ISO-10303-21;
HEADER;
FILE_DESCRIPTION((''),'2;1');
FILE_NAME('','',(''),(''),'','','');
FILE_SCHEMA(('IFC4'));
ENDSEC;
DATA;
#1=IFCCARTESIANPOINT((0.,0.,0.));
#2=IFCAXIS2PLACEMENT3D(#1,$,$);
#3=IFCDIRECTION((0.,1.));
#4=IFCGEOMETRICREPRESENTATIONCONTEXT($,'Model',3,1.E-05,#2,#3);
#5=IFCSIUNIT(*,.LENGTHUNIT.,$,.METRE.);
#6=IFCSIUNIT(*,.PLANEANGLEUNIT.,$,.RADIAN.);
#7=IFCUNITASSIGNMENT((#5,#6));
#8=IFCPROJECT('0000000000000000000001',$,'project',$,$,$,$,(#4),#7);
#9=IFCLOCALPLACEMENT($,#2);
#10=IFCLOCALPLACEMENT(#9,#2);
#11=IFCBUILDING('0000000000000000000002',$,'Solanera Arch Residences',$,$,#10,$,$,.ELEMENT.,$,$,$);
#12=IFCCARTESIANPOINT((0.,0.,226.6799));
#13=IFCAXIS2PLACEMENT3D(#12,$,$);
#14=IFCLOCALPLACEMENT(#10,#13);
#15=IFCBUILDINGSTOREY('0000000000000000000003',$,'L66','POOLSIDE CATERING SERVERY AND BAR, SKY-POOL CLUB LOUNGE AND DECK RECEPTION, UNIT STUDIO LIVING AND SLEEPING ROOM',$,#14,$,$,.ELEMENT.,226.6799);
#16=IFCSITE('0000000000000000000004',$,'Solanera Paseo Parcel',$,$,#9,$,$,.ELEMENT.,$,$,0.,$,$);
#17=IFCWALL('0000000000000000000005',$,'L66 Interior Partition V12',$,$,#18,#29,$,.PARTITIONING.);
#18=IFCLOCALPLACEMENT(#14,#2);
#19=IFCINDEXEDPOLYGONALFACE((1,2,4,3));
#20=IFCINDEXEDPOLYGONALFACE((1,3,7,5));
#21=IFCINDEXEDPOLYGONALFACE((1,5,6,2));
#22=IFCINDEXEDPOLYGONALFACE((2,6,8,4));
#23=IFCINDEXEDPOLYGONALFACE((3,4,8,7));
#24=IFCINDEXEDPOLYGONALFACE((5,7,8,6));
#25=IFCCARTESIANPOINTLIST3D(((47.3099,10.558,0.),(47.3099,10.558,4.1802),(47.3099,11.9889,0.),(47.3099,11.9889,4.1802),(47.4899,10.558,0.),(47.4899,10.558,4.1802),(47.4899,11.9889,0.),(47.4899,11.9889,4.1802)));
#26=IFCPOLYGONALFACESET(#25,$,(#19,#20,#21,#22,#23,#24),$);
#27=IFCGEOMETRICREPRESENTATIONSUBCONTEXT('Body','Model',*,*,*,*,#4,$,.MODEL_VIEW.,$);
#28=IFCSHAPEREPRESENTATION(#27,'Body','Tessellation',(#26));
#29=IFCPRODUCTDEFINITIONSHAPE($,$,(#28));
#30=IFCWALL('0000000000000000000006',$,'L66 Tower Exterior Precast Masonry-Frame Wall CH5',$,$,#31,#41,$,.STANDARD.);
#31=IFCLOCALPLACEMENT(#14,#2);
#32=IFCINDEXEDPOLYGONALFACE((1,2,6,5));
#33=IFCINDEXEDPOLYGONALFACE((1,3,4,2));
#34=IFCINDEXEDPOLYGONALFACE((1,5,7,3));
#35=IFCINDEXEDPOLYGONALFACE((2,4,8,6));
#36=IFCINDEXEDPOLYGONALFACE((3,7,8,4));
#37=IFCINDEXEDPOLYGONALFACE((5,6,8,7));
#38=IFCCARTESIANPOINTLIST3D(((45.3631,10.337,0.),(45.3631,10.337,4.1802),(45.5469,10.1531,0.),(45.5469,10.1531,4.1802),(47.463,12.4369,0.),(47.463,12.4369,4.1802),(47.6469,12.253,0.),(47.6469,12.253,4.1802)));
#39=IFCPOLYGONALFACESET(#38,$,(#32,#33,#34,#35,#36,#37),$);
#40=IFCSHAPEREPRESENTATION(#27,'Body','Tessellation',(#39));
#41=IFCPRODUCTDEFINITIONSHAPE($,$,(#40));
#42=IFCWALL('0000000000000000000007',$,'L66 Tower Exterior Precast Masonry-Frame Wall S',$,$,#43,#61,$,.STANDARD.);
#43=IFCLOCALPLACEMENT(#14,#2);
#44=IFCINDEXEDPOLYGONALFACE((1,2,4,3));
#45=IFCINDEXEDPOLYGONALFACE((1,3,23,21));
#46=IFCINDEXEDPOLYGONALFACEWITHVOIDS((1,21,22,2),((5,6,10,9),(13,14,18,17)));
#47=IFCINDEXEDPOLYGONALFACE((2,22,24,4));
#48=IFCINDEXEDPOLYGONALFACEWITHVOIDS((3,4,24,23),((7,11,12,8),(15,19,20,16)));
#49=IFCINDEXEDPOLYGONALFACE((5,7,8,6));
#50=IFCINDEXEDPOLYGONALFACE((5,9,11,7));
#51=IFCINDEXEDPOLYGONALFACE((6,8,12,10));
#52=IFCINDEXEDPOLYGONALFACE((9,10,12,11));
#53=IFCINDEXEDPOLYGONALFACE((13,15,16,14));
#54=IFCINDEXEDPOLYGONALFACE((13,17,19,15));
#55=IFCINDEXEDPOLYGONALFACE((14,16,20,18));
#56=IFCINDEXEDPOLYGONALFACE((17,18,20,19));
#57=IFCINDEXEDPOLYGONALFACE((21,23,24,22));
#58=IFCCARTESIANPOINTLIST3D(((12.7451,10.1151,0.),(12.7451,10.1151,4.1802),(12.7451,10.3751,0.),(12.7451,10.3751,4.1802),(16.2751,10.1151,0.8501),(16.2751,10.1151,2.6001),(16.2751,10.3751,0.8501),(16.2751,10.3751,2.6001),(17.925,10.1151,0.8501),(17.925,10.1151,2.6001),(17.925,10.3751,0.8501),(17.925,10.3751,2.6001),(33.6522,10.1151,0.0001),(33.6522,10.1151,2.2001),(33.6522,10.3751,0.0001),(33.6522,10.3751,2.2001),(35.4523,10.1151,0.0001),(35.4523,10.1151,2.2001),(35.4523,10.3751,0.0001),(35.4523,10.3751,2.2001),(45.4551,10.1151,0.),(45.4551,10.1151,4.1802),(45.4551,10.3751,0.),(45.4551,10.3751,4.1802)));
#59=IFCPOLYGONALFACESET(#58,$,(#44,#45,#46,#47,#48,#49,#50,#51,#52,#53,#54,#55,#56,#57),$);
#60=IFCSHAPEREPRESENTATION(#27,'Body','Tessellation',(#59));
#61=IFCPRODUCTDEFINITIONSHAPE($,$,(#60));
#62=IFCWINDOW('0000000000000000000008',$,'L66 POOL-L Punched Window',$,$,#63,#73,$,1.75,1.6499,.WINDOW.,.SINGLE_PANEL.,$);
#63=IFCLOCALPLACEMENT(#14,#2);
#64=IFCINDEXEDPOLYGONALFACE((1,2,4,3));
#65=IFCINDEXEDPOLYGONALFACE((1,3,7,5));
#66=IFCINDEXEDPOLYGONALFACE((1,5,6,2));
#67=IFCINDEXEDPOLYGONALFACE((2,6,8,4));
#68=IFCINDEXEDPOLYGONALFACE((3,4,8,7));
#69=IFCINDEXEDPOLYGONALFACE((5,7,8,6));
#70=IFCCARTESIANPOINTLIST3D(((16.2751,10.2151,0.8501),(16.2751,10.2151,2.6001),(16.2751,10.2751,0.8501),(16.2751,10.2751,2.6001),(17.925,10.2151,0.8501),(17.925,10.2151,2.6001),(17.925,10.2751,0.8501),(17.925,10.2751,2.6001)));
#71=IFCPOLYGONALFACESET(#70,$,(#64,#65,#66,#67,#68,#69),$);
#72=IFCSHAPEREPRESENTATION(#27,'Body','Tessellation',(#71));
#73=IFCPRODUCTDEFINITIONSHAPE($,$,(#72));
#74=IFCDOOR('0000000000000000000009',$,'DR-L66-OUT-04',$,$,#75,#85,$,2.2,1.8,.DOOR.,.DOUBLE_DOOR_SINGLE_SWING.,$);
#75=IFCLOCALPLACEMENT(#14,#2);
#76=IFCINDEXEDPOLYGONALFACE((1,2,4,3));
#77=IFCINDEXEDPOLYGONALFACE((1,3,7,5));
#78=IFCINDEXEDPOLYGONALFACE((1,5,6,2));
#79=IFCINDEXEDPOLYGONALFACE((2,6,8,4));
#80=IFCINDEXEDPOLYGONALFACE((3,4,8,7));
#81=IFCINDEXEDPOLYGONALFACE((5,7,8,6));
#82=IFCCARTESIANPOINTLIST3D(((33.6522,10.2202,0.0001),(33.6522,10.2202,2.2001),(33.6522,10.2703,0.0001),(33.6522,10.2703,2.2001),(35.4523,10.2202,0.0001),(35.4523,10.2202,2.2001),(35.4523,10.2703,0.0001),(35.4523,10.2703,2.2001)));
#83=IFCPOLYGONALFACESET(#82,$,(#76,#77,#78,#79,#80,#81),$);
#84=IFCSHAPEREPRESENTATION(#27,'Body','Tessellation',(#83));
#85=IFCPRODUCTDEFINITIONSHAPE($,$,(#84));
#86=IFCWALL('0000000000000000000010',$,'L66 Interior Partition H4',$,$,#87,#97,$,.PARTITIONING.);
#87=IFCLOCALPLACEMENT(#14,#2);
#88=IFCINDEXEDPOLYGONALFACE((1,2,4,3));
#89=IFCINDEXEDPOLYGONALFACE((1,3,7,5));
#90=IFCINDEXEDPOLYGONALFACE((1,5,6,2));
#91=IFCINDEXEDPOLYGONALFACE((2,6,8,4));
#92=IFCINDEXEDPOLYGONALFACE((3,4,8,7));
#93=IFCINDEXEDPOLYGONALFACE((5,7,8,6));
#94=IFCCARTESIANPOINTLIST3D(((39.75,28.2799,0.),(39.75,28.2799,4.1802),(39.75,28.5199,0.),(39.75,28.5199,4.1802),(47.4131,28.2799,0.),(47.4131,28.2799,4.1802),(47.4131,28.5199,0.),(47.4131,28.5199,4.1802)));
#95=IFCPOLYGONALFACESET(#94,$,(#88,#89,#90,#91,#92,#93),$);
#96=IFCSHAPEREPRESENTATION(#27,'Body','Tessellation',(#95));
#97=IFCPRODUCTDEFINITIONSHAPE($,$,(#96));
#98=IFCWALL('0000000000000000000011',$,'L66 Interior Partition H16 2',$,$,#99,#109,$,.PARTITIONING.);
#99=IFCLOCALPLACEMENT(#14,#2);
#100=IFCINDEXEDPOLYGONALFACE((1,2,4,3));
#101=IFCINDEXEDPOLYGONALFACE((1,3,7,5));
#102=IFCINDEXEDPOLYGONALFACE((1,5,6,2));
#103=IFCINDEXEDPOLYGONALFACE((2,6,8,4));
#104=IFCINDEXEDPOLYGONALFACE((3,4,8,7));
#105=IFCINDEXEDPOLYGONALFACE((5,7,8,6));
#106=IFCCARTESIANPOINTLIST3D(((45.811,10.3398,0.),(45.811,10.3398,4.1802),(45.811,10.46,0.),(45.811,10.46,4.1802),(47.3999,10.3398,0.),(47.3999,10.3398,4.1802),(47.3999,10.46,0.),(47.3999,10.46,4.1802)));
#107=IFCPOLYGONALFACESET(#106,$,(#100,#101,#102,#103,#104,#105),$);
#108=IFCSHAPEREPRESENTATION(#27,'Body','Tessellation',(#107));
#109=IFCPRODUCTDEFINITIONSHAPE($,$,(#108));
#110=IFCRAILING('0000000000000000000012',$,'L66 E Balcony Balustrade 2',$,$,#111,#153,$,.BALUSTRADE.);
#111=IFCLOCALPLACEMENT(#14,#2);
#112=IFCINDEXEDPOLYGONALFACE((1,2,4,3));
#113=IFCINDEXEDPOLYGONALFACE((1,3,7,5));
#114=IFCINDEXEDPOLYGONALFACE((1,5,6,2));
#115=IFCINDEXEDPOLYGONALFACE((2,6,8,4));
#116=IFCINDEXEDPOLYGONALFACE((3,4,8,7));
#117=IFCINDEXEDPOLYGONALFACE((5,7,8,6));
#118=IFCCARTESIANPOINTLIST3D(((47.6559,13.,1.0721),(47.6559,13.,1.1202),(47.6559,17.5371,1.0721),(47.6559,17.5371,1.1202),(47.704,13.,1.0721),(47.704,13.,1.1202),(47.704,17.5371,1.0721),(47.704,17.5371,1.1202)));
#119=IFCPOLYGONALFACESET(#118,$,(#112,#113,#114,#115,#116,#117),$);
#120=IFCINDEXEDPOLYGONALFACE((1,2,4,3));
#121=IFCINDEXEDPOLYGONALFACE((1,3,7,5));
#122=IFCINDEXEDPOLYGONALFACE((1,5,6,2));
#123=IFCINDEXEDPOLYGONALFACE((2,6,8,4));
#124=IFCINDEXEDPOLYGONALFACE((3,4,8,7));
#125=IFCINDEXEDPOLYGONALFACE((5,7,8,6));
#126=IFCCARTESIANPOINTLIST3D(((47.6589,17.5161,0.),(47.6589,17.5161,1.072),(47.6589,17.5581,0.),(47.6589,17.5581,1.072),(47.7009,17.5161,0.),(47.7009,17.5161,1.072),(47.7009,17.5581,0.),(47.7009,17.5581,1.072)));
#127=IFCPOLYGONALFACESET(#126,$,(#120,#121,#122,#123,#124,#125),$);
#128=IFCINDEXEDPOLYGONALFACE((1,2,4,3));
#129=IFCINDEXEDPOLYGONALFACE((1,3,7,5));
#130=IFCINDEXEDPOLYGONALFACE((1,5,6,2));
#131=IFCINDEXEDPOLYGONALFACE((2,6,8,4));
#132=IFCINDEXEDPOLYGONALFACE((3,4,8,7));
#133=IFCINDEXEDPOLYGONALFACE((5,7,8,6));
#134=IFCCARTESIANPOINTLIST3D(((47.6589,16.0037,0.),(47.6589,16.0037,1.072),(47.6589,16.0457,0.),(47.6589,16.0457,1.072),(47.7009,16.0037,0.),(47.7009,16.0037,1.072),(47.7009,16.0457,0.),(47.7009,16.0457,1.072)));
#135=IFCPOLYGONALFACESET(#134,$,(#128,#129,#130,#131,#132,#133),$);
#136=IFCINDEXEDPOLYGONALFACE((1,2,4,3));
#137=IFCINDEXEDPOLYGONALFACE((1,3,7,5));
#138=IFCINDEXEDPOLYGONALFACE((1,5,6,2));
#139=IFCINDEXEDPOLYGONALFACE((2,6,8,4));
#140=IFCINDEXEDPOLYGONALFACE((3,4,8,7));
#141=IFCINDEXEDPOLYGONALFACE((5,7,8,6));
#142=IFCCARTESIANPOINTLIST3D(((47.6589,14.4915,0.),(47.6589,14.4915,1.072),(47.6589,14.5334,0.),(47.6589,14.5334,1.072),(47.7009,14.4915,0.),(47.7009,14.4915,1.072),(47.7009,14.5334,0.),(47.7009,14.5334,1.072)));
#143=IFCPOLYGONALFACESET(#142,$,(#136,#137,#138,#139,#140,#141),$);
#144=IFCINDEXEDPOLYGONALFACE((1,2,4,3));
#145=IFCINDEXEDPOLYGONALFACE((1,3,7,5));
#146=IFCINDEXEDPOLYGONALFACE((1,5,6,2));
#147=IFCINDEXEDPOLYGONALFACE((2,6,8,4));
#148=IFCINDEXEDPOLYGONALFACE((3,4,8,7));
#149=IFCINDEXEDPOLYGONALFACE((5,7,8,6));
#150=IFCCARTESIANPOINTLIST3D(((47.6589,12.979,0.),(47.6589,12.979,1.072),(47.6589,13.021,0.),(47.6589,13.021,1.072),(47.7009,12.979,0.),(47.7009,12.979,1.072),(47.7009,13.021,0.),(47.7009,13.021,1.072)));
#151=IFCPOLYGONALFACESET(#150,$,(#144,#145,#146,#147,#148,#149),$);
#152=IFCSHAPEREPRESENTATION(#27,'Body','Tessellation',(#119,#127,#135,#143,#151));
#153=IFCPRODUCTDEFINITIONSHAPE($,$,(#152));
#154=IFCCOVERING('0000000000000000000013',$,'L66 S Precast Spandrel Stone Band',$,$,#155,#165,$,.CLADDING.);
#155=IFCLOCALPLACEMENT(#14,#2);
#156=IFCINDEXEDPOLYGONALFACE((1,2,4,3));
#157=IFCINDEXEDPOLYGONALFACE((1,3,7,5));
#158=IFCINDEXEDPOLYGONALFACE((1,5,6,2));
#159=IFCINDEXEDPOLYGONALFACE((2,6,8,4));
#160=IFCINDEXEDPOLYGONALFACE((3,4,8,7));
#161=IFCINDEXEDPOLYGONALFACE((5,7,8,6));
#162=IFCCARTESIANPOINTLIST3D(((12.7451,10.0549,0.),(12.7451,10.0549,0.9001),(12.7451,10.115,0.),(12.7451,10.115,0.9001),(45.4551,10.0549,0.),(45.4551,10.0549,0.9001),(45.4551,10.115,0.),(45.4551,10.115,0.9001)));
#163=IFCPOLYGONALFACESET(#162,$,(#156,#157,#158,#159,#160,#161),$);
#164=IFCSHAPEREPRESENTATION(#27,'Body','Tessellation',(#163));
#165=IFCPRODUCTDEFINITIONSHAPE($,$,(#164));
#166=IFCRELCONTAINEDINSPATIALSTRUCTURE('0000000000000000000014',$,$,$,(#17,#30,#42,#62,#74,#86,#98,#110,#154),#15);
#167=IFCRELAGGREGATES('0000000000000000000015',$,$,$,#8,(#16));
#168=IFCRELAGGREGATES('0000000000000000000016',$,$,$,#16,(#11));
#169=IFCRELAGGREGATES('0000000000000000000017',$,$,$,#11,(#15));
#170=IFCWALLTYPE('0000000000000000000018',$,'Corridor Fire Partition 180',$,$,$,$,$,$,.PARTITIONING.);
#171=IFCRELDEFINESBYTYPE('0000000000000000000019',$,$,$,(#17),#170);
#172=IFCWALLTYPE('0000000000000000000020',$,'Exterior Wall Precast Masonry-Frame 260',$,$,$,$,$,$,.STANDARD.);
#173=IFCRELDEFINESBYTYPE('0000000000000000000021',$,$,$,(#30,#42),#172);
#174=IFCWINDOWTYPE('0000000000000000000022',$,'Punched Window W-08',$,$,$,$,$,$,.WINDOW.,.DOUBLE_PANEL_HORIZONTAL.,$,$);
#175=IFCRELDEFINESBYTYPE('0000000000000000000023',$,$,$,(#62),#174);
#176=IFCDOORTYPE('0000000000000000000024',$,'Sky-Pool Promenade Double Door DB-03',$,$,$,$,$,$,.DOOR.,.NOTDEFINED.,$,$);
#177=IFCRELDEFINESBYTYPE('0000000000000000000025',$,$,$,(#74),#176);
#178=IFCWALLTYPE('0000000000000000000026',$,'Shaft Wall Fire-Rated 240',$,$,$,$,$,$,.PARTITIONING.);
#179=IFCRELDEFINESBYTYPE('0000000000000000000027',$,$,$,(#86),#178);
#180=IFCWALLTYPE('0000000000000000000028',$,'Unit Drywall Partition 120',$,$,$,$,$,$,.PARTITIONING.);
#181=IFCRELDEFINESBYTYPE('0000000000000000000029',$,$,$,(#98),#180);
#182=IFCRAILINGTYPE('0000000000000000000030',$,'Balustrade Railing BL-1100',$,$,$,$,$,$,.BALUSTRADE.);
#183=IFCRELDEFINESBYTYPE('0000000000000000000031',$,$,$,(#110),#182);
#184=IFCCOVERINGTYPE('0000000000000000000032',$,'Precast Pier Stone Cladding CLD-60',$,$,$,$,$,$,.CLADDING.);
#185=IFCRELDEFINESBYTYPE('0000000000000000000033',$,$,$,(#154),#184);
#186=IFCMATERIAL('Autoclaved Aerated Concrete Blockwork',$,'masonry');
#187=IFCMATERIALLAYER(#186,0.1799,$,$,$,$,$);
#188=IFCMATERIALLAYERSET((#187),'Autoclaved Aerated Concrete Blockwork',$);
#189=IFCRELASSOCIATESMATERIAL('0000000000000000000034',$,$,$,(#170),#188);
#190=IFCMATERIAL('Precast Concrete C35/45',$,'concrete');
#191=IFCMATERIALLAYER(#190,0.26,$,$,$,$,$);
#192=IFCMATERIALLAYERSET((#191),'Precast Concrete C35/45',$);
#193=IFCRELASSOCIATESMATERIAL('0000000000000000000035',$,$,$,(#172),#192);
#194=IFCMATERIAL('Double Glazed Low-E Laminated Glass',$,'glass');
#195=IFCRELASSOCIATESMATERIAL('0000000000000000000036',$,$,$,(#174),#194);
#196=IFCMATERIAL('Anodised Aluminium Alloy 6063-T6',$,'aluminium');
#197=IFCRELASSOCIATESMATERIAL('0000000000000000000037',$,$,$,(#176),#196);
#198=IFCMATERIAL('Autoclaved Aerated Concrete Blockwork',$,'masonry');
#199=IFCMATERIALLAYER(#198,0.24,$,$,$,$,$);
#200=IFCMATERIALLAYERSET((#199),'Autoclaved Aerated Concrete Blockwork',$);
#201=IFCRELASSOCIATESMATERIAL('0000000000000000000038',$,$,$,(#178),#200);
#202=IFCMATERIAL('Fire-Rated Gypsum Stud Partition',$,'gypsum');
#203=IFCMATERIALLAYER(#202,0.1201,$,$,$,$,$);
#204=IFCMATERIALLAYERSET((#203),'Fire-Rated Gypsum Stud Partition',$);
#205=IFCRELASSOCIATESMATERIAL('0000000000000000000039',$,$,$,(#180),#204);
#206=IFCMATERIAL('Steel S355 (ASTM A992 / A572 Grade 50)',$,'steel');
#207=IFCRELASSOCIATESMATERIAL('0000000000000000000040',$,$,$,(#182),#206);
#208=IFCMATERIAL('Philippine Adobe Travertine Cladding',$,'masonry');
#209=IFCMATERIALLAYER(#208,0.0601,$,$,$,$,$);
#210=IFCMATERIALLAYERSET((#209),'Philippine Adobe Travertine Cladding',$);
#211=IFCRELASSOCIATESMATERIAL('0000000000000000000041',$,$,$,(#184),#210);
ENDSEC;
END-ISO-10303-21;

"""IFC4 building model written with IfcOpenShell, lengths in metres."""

from ifc_helpers import new_model, si_unit, direction, frame, frame_2d, origin, origin_2d, place, context, subcontext, project, spatial, rectangle, extrude, material, layer, layer_set, type_object, element, fill, save


model = new_model("IFC4")

# Units and contexts
model_context = context("Model", 3, precision=1e-05, world=origin(), true_north=direction((0.0, 1.0)))
body_context = subcontext(model_context, "Body", "Model", "MODEL_VIEW")
ifc_project = project(units=[si_unit("LENGTHUNIT", "METRE"), si_unit("PLANEANGLEUNIT", "RADIAN")], contexts=[model_context])

# Site, building, storey
site_placement = place(None, origin())
site = spatial("IfcSite", under=ifc_project, at=site_placement, Name="Solanera Paseo Parcel", CompositionType="ELEMENT", RefElevation=0.0)
building_placement = place(site_placement, origin())
building = spatial("IfcBuilding", under=site, at=building_placement, Name="Solanera Arch Residences", CompositionType="ELEMENT")
storey_placement = place(building_placement, frame((0.0, 0.0, 226.6799)))
storey = spatial("IfcBuildingStorey", under=building, at=storey_placement, Name="L66", Description="POOLSIDE CATERING SERVERY AND BAR, SKY-POOL CLUB LOUNGE AND DECK RECEPTION, UNIT STUDIO LIVING AND SLEEPING ROOM", CompositionType="ELEMENT", Elevation=226.6799)

# Shared definitions
ifc_material_1 = material(Name="Autoclaved Aerated Concrete Blockwork", Category="masonry")
ifc_layer_1 = layer(ifc_material_1, 0.1799)
ifc_layer_set_1 = layer_set([ifc_layer_1], Name="Autoclaved Aerated Concrete Blockwork")
wall_type_1 = type_object("IfcWallType", Name="Corridor Fire Partition 180", PredefinedType="PARTITIONING", material=ifc_layer_set_1)

# Walls
wall_1_placement = place(storey_placement, frame((47.3999, 10.5581, 0.0), z_axis=(0.0, 0.0, 1.0), x_axis=(0.0, 1.0, 0.0)))
element("IfcWall", 1, at=wall_1_placement, inside=storey, type_object=wall_type_1, Name="L66 Interior Partition V12", PredefinedType="PARTITIONING", context=body_context, shape_type="SweptSolid", body=[
    extrude(rectangle(XDim=1.4309, YDim=0.1799, at=frame_2d((0.7153, 0.0))), origin(), (0.0, 0.0, 1.0), 4.1802),
])
ifc_material_2 = material(Name="Precast Concrete C35/45", Category="concrete")
ifc_layer_2 = layer(ifc_material_2, 0.26)
ifc_layer_set_2 = layer_set([ifc_layer_2], Name="Precast Concrete C35/45")
wall_type_2 = type_object("IfcWallType", Name="Exterior Wall Precast Masonry-Frame 260", PredefinedType="STANDARD", material=ifc_layer_set_2)
wall_2_placement = place(storey_placement, frame((47.5549, 12.345, 0.0), z_axis=(0.0, 0.0, 1.0), x_axis=(-0.707107, -0.707107, 0.0)))
element("IfcWall", 2, at=wall_2_placement, inside=storey, type_object=wall_type_2, Name="L66 Tower Exterior Precast Masonry-Frame Wall CH5", PredefinedType="STANDARD", context=body_context, shape_type="SweptSolid", body=[
    extrude(rectangle(XDim=2.9697, YDim=0.26, at=frame_2d((1.4849, 0.0))), origin(), (0.0, 0.0, 1.0), 4.1802),
])

# Wall, openings, window, door
wall_3_placement = place(storey_placement, frame((45.4551, 10.2451, 0.0), z_axis=(0.0, 0.0, 1.0), x_axis=(-1.0, 0.0, 0.0)))
wall_3 = element("IfcWall", 3, at=wall_3_placement, inside=storey, type_object=wall_type_2, Name="L66 Tower Exterior Precast Masonry-Frame Wall S", PredefinedType="STANDARD", context=body_context, shape_type="SweptSolid", body=[
    extrude(rectangle(XDim=32.71, YDim=0.26, at=frame_2d((16.355, 0.0))), origin(), (0.0, 0.0, 1.0), 4.1802),
])
opening_1_placement = place(wall_3_placement, frame((10.0029, 0.0, 0.0)))
opening_1 = element("IfcOpeningElement", 4, at=opening_1_placement, cuts=wall_3, PredefinedType="OPENING", context=body_context, shape_type="SweptSolid", body=[
    extrude(rectangle(XDim=1.8, YDim=2.2, at=frame_2d((0.8999, 1.1001))), frame((0.0, 0.1399, 0.0), z_axis=(0.0, -1.0, 0.0), x_axis=(1.0, 0.0, 0.0)), (0.0, 0.0, 1.0), 0.28),
])
opening_2_placement = place(wall_3_placement, frame((27.53, 0.0, 0.8501)))
opening_2 = element("IfcOpeningElement", 5, at=opening_2_placement, cuts=wall_3, PredefinedType="OPENING", context=body_context, shape_type="SweptSolid", body=[
    extrude(rectangle(XDim=1.6499, YDim=1.75, at=frame_2d((0.825, 0.875))), frame((0.0, 0.1399, 0.0), z_axis=(0.0, -1.0, 0.0), x_axis=(1.0, 0.0, 0.0)), (0.0, 0.0, 1.0), 0.28),
])
ifc_material_3 = material(Name="Double Glazed Low-E Laminated Glass", Category="glass")
window_type = type_object("IfcWindowType", Name="Punched Window W-08", PartitioningType="DOUBLE_PANEL_HORIZONTAL", PredefinedType="WINDOW", material=ifc_material_3)
window_placement = place(opening_2_placement, origin())
window = element("IfcWindow", 6, at=window_placement, inside=storey, type_object=window_type, Name="L66 POOL-L Punched Window", OverallHeight=1.75, OverallWidth=1.6499, PartitioningType="SINGLE_PANEL", PredefinedType="WINDOW", context=body_context, shape_type="SweptSolid", body=[
    extrude(rectangle(XDim=1.6499, YDim=1.75, at=frame_2d((0.825, 0.875))), frame((0.0, 0.03, 0.0), z_axis=(0.0, -1.0, 0.0), x_axis=(1.0, 0.0, 0.0)), (0.0, 0.0, 1.0), 0.0601),
])
fill(opening_2, window)
ifc_material_4 = material(Name="Anodised Aluminium Alloy 6063-T6", Category="aluminium")
door_type_1 = type_object("IfcDoorType", Name="Sky-Pool Promenade Double Door DB-03", OperationType="NOTDEFINED", PredefinedType="DOOR", material=ifc_material_4)
door_1_placement = place(opening_1_placement, origin())
door_1 = element("IfcDoor", 7, at=door_1_placement, inside=storey, type_object=door_type_1, Name="DR-L66-OUT-04", OperationType="DOUBLE_DOOR_SINGLE_SWING", OverallHeight=2.2, OverallWidth=1.8, PredefinedType="DOOR", context=body_context, shape_type="SweptSolid", body=[
    extrude(rectangle(XDim=1.8, YDim=2.2, at=frame_2d((0.8999, 1.1001))), frame((0.0, 0.0249, 0.0), z_axis=(0.0, -1.0, 0.0), x_axis=(1.0, 0.0, 0.0)), (0.0, 0.0, 1.0), 0.05),
])
fill(opening_1, door_1)

# Walls
ifc_material_5 = material(Name="Autoclaved Aerated Concrete Blockwork", Category="masonry")
ifc_layer_3 = layer(ifc_material_5, 0.24)
ifc_layer_set_3 = layer_set([ifc_layer_3], Name="Autoclaved Aerated Concrete Blockwork")
wall_type_3 = type_object("IfcWallType", Name="Shaft Wall Fire-Rated 240", PredefinedType="PARTITIONING", material=ifc_layer_set_3)
wall_4_placement = place(storey_placement, frame((39.75, 28.3999, 0.0), z_axis=(0.0, 0.0, 1.0), x_axis=(1.0, 0.0, 0.0)))
element("IfcWall", 8, at=wall_4_placement, inside=storey, type_object=wall_type_3, Name="L66 Interior Partition H4", PredefinedType="PARTITIONING", context=body_context, shape_type="SweptSolid", body=[
    extrude(rectangle(XDim=7.6631, YDim=0.24, at=frame_2d((3.8315, 0.0))), origin(), (0.0, 0.0, 1.0), 4.1802),
])
ifc_material_6 = material(Name="Fire-Rated Gypsum Stud Partition", Category="gypsum")
ifc_layer_4 = layer(ifc_material_6, 0.1201)
ifc_layer_set_4 = layer_set([ifc_layer_4], Name="Fire-Rated Gypsum Stud Partition")
wall_type_4 = type_object("IfcWallType", Name="Unit Drywall Partition 120", PredefinedType="PARTITIONING", material=ifc_layer_set_4)
wall_5_placement = place(storey_placement, frame((45.811, 10.3999, 0.0), z_axis=(0.0, 0.0, 1.0), x_axis=(1.0, 0.0, 0.0)))
element("IfcWall", 9, at=wall_5_placement, inside=storey, type_object=wall_type_4, Name="L66 Interior Partition H16 2", PredefinedType="PARTITIONING", context=body_context, shape_type="SweptSolid", body=[
    extrude(rectangle(XDim=1.5889, YDim=0.1201, at=frame_2d((0.7944, 0.0))), origin(), (0.0, 0.0, 1.0), 4.1802),
])

# Railing
ifc_material_7 = material(Name="Steel S355 (ASTM A992 / A572 Grade 50)", Category="steel")
railing_type = type_object("IfcRailingType", Name="Balustrade Railing BL-1100", PredefinedType="BALUSTRADE", material=ifc_material_7)
railing_1_placement = place(storey_placement, frame((47.6799, 17.5371, 0.0)))
element("IfcRailing", 10, at=railing_1_placement, inside=storey, type_object=railing_type, Name="L66 E Balcony Balustrade 2", PredefinedType="BALUSTRADE", context=body_context, shape_type="SweptSolid", body=[
    extrude(rectangle(XDim=0.0481, YDim=0.0481, at=origin_2d()), frame((0.0, 0.0, 1.0962), z_axis=(0.0, -1.0, 0.0), x_axis=(1.0, 0.0, 0.0)), (0.0, 0.0, 1.0), 4.5371),
    extrude(rectangle(XDim=0.042, YDim=0.042, at=origin_2d()), origin(), (0.0, 0.0, 1.0), 1.072),
    extrude(rectangle(XDim=0.042, YDim=0.042, at=origin_2d()), frame((0.0, -1.5125, 0.0)), (0.0, 0.0, 1.0), 1.072),
    extrude(rectangle(XDim=0.042, YDim=0.042, at=origin_2d()), frame((0.0, -3.0247, 0.0)), (0.0, 0.0, 1.0), 1.072),
    extrude(rectangle(XDim=0.042, YDim=0.042, at=origin_2d()), frame((0.0, -4.5371, 0.0)), (0.0, 0.0, 1.0), 1.072),
])

# Covering
ifc_material_8 = material(Name="Philippine Adobe Travertine Cladding", Category="masonry")
ifc_layer_5 = layer(ifc_material_8, 0.0601)
ifc_layer_set_5 = layer_set([ifc_layer_5], Name="Philippine Adobe Travertine Cladding")
covering_type = type_object("IfcCoveringType", Name="Precast Pier Stone Cladding CLD-60", PredefinedType="CLADDING", material=ifc_layer_set_5)
covering_placement = place(storey_placement, frame((45.4551, 10.085, 0.0), z_axis=(0.0, 0.0, 1.0), x_axis=(-1.0, 0.0, 0.0)))
element("IfcCovering", 11, at=covering_placement, inside=storey, type_object=covering_type, Name="L66 S Precast Spandrel Stone Band", PredefinedType="CLADDING", context=body_context, shape_type="SweptSolid", body=[
    extrude(rectangle(XDim=32.71, YDim=0.0601, at=frame_2d((16.355, 0.0))), origin(), (0.0, 0.0, 1.0), 0.9001),
])

save(model, "model.ifc")
